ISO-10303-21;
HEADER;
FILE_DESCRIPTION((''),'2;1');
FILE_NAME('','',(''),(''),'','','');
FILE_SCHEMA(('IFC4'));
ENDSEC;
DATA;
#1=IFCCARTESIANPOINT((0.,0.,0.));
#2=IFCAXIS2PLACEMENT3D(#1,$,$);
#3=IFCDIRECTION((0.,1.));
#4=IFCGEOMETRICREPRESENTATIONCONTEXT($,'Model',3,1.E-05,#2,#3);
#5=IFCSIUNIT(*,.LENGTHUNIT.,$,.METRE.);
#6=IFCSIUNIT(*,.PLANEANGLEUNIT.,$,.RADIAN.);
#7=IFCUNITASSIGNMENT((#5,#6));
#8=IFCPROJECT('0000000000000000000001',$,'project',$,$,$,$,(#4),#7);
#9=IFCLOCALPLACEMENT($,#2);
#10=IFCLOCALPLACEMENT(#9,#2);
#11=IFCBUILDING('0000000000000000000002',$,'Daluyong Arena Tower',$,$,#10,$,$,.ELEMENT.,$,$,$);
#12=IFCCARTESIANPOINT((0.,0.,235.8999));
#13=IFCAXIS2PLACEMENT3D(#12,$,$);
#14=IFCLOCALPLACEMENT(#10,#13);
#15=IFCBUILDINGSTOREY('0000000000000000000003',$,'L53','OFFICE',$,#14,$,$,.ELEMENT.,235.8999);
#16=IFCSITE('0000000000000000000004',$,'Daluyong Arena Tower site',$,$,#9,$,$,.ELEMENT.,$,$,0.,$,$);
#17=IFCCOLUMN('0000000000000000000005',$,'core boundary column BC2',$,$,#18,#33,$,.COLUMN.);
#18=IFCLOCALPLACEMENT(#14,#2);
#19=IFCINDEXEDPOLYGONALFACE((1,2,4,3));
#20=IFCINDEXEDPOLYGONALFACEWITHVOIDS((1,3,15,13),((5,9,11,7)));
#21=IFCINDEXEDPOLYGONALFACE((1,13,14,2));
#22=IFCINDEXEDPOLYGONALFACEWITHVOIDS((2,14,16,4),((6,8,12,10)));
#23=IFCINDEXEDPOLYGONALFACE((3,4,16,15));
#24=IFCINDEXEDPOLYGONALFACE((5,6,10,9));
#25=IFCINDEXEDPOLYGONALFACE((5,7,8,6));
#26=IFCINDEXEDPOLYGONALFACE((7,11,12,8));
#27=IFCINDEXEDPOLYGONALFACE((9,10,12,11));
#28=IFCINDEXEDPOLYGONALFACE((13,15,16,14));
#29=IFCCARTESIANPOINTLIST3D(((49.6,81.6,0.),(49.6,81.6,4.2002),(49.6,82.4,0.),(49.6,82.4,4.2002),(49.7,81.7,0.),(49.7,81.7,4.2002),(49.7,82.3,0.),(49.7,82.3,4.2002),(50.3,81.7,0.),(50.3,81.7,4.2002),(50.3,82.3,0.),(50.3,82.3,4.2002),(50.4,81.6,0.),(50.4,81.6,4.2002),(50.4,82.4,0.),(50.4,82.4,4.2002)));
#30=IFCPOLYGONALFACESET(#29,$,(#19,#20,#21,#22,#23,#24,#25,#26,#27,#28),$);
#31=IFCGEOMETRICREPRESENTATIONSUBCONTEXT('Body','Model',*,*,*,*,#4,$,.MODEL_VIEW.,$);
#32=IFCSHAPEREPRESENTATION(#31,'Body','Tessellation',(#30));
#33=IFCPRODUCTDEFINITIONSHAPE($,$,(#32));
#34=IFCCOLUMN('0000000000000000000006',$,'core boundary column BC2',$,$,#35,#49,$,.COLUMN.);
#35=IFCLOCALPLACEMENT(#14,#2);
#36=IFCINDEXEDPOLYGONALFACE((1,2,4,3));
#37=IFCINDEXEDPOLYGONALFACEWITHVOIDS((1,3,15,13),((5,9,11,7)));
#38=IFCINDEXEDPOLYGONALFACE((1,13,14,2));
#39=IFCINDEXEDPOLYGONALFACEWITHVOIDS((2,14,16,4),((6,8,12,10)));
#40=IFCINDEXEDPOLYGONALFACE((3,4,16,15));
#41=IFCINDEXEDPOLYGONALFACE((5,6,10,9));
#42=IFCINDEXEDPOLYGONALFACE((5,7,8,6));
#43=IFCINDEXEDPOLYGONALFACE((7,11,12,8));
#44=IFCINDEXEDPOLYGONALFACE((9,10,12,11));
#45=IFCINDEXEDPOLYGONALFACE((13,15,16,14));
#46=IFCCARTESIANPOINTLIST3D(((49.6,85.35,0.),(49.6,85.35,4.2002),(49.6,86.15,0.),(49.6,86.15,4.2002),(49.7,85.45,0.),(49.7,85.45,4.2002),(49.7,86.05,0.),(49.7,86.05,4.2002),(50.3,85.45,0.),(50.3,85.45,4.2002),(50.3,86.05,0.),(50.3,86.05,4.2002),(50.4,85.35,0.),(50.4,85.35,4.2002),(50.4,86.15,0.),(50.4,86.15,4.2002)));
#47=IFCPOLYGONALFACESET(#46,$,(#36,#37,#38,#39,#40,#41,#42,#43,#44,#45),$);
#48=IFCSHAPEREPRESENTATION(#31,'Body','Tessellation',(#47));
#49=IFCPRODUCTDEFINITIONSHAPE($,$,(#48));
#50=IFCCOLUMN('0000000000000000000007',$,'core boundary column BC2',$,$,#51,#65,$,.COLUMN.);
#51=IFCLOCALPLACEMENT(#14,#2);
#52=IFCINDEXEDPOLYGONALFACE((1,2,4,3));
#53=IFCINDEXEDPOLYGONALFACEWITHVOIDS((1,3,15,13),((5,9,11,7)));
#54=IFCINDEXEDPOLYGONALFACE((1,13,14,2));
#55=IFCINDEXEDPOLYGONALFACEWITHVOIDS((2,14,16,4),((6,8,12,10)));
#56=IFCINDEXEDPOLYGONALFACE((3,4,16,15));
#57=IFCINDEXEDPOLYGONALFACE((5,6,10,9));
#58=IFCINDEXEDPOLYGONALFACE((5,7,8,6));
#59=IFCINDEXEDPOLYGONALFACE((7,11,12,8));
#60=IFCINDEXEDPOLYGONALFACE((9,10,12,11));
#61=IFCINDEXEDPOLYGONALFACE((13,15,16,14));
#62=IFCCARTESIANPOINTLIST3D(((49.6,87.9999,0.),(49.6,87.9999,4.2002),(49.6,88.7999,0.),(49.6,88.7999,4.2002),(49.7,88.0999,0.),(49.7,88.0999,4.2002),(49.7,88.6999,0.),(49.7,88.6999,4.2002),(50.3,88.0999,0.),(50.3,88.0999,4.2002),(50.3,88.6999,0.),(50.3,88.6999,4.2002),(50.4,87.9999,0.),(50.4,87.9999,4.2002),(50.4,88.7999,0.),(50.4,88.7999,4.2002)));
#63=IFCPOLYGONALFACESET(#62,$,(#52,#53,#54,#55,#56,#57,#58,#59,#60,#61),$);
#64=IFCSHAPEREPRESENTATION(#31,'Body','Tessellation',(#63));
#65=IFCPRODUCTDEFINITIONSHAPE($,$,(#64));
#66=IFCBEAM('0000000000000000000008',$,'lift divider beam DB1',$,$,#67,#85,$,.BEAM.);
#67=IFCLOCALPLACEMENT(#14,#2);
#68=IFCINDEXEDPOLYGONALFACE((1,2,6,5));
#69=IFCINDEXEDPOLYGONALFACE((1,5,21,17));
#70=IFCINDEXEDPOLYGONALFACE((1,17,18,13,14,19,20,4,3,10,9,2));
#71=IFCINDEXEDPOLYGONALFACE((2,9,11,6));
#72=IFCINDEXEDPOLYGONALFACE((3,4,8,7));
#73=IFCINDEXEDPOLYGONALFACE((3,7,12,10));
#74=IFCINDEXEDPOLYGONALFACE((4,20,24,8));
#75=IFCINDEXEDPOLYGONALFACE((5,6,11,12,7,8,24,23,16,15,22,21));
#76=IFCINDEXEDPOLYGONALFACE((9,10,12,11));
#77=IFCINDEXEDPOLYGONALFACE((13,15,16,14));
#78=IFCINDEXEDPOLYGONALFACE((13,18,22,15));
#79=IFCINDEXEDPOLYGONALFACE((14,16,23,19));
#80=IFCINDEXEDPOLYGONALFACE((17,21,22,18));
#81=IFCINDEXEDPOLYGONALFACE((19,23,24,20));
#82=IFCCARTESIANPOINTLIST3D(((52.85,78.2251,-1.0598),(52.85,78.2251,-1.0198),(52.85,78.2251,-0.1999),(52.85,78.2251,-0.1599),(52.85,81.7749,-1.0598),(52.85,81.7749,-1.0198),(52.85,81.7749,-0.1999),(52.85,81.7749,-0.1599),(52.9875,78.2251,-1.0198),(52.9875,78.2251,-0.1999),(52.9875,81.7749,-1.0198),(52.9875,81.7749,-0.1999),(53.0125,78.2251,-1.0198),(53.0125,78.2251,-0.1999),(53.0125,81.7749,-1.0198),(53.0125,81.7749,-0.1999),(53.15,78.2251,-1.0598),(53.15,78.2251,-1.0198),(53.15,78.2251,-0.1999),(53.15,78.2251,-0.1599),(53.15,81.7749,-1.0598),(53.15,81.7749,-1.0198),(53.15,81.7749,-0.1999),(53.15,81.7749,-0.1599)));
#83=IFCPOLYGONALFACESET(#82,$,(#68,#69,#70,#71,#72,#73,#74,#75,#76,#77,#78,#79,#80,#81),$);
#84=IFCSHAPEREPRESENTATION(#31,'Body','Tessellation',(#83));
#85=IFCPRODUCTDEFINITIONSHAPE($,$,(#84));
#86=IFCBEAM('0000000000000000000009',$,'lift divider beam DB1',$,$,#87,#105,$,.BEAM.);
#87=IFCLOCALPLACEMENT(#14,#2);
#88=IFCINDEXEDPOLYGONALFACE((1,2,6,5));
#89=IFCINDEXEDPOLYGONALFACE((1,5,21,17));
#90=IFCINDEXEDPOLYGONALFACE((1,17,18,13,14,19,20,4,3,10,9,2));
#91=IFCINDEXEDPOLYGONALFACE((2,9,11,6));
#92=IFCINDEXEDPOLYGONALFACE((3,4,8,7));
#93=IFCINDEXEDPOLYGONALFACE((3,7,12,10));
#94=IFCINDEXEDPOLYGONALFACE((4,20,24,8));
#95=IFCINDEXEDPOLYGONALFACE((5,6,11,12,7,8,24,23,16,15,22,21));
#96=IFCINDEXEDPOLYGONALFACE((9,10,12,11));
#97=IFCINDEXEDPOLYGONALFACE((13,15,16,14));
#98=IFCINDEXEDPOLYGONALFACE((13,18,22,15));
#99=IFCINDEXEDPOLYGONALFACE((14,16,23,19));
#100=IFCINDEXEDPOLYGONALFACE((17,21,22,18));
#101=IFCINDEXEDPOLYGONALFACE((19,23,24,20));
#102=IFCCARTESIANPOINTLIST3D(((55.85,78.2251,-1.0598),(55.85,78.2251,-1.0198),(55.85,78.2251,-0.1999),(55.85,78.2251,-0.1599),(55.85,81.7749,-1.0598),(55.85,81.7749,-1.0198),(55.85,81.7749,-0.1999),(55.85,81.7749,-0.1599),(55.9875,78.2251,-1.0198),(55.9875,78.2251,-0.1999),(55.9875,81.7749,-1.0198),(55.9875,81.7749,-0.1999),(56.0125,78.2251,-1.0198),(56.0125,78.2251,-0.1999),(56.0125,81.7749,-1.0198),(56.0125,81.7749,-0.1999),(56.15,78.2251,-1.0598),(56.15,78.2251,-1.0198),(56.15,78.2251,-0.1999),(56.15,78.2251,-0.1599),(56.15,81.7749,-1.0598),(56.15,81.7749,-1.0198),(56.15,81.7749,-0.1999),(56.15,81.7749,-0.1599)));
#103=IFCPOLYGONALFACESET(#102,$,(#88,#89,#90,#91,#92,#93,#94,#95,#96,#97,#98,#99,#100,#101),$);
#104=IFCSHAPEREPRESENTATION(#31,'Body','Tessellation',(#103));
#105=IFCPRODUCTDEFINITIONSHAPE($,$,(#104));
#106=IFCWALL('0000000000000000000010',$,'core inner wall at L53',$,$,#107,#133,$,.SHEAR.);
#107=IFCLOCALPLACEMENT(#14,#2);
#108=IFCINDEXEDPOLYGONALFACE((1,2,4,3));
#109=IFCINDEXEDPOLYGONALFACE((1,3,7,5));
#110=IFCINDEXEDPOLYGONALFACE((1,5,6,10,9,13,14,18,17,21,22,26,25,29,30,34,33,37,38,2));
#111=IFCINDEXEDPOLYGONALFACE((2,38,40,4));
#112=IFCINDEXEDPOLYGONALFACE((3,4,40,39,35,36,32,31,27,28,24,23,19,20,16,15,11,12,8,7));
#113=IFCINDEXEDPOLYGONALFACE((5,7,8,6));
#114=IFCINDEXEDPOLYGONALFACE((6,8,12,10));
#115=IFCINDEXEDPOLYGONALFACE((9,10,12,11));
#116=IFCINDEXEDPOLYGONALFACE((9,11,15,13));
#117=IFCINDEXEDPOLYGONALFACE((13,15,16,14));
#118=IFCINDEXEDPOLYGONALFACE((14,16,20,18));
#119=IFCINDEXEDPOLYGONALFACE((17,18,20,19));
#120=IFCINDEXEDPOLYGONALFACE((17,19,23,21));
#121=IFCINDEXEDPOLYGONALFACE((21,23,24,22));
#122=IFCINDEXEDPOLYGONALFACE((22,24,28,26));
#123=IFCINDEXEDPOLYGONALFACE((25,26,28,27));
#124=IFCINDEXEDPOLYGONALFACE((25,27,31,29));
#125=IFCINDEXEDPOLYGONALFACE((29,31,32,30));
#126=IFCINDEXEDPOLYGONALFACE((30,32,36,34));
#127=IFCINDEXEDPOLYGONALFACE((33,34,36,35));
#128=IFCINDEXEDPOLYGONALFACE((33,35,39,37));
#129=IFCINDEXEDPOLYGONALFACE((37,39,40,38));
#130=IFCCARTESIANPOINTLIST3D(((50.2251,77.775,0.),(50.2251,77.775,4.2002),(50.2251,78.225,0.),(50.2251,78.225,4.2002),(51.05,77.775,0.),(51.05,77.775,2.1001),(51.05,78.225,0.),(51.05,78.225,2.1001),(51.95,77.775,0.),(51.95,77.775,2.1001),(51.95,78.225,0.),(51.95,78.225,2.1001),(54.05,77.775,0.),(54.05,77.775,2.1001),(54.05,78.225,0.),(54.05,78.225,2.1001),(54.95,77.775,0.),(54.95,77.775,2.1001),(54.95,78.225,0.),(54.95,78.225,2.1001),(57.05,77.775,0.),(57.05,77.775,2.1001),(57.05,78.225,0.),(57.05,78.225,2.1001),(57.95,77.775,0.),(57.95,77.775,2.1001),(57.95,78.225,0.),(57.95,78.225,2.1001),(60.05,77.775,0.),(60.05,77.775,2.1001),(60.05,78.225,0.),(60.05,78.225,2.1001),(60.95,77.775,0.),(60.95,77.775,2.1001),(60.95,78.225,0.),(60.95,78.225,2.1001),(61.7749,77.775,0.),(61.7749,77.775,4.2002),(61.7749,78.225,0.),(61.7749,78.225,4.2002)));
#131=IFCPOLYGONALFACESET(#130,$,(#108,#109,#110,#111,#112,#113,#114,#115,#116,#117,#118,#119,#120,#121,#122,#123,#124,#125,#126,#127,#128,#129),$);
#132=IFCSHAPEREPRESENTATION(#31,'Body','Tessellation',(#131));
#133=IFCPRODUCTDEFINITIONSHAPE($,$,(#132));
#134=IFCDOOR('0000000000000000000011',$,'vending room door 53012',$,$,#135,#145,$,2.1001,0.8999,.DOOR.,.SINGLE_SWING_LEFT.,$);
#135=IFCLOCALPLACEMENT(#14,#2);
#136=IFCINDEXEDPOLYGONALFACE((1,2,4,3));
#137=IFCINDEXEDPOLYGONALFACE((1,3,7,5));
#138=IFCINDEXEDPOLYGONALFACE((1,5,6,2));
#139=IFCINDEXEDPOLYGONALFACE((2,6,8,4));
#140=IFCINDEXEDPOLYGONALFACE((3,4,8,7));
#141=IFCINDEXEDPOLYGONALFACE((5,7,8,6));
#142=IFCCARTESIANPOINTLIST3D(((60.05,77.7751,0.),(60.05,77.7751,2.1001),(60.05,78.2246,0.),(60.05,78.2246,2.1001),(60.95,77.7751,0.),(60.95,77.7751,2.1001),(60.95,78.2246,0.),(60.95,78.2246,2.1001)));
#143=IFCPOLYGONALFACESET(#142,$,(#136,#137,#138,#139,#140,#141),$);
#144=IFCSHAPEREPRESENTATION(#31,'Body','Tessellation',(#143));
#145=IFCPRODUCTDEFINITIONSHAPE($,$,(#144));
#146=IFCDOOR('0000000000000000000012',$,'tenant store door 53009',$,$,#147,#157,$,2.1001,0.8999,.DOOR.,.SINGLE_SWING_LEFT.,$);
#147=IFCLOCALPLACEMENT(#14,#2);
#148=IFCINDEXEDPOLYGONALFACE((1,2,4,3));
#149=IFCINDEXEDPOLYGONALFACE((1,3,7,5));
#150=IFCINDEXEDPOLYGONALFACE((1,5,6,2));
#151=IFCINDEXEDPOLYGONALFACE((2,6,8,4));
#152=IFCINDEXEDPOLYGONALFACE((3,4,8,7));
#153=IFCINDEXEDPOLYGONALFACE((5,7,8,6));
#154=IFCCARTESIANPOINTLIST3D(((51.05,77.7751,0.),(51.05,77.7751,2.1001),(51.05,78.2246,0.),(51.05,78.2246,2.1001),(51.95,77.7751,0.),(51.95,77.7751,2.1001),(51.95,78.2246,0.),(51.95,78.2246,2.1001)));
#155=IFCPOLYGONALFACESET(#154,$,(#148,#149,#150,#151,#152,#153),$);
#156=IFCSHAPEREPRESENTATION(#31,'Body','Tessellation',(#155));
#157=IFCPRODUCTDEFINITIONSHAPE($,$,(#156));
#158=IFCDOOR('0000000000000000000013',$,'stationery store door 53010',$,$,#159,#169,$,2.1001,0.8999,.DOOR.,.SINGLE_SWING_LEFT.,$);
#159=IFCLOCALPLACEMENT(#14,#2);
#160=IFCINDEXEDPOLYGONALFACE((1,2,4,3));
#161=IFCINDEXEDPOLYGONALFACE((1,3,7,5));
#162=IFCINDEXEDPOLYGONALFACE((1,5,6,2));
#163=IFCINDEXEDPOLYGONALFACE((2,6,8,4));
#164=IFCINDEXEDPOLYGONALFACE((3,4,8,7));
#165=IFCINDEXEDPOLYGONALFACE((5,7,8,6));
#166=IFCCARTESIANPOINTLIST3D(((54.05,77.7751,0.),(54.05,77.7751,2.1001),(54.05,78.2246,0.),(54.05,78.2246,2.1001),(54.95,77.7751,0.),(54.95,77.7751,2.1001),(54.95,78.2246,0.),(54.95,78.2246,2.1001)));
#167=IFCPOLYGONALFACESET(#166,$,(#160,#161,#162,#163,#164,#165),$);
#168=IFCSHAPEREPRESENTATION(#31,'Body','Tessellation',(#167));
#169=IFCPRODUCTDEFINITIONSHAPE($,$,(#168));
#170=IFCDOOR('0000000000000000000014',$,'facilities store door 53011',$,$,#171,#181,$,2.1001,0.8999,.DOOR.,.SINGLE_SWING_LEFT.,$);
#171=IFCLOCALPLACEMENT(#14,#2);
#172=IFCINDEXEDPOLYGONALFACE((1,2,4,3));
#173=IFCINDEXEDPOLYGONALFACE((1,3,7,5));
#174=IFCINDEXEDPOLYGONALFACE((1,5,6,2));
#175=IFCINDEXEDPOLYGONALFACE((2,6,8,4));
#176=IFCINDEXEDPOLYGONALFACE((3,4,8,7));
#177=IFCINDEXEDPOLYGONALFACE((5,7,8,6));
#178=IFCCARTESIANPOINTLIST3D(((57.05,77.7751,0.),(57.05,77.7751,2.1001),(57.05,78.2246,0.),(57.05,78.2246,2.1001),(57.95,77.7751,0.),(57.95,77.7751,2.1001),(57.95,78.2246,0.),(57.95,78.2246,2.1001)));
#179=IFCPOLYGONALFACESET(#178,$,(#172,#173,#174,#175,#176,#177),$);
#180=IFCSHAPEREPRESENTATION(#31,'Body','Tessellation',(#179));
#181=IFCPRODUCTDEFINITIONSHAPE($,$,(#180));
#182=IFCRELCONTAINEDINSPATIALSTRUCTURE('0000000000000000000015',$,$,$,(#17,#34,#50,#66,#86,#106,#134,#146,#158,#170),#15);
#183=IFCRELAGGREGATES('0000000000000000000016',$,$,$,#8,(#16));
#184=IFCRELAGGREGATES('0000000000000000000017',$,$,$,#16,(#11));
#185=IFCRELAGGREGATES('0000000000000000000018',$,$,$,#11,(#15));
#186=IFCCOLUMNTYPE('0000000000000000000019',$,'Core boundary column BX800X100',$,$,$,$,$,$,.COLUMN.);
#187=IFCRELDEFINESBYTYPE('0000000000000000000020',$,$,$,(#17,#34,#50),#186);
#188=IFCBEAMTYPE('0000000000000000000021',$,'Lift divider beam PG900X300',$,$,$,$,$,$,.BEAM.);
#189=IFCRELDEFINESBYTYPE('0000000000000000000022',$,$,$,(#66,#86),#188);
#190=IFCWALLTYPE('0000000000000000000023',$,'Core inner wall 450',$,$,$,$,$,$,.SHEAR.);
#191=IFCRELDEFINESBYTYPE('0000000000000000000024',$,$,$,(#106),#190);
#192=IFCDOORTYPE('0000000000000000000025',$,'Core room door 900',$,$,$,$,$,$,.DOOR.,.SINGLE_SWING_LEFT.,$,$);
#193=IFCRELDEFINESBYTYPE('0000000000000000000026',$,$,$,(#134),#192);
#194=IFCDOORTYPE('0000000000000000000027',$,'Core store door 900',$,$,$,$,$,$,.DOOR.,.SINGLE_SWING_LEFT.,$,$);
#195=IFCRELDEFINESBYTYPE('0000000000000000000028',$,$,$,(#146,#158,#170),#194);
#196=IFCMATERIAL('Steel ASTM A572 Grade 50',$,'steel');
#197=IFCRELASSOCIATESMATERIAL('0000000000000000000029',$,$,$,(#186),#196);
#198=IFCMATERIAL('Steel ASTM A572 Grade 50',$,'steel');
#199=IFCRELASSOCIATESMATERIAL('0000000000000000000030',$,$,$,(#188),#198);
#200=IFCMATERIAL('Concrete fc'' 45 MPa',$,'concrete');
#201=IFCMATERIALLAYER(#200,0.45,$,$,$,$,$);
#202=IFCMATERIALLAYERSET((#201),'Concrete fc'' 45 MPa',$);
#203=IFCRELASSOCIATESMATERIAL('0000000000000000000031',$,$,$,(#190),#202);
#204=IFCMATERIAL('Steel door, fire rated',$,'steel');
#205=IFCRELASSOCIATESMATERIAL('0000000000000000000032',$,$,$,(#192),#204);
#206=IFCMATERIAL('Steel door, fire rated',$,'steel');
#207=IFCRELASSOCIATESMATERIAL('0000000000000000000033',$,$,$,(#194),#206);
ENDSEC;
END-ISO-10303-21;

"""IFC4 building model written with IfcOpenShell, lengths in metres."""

from ifc_helpers import new_model, si_unit, direction, frame, frame_2d, origin, origin_2d, place, context, subcontext, project, spatial, rectangle, hollow_rectangle, i_section, extrude, material, layer, layer_set, material_profile, profile_set, type_object, element, fill, save


model = new_model("IFC4")

# Units and contexts
model_context = context("Model", 3, precision=1e-05, world=origin(), true_north=direction((0.0, 1.0)))
body_context = subcontext(model_context, "Body", "Model", "MODEL_VIEW")
ifc_project = project(units=[si_unit("LENGTHUNIT", "METRE"), si_unit("PLANEANGLEUNIT", "RADIAN")], contexts=[model_context])

# Site, building, storey
site_placement = place(None, origin())
site = spatial("IfcSite", under=ifc_project, at=site_placement, Name="Daluyong Arena Tower site", CompositionType="ELEMENT", RefElevation=0.0)
building_placement = place(site_placement, origin())
building = spatial("IfcBuilding", under=site, at=building_placement, Name="Daluyong Arena Tower", CompositionType="ELEMENT")
storey_placement = place(building_placement, frame((0.0, 0.0, 235.8999)))
storey = spatial("IfcBuildingStorey", under=building, at=storey_placement, Name="L53", Description="OFFICE", CompositionType="ELEMENT", Elevation=235.8999)

# Columns
ifc_material_1 = material(Name="Steel ASTM A572 Grade 50", Category="steel")
ifc_material_profile_1 = material_profile(ifc_material_1, hollow_rectangle(XDim=0.8, YDim=0.8, WallThickness=0.1, at=origin_2d()))
ifc_profile_set_1 = profile_set([ifc_material_profile_1], Name="Steel ASTM A572 Grade 50")
column_type = type_object("IfcColumnType", Name="Core boundary column BX800X100", PredefinedType="COLUMN", material=ifc_profile_set_1)
for number, where, z_axis, x_axis, name in (
    (1, (50.0, 82.0, 0.0), (0.0, 0.0, 1.0), (1.0, 0.0, 0.0), "core boundary column BC2"),
    (2, (50.0, 85.75, 0.0), (0.0, 0.0, 1.0), (1.0, 0.0, 0.0), "core boundary column BC2"),
    (3, (50.0, 88.3999, 0.0), (0.0, 0.0, 1.0), (1.0, 0.0, 0.0), "core boundary column BC2"),
):
    element("IfcColumn", number, at=place(storey_placement, frame(where, z_axis=z_axis, x_axis=x_axis)), inside=storey, type_object=column_type, Name=name, PredefinedType="COLUMN", context=body_context, shape_type="SweptSolid", body=[
        extrude(hollow_rectangle(XDim=0.8, YDim=0.8, WallThickness=0.1, at=origin_2d()), origin(), (0.0, 0.0, 1.0), 4.2002),
    ])

# Beams
ifc_material_2 = material(Name="Steel ASTM A572 Grade 50", Category="steel")
ifc_material_profile_2 = material_profile(ifc_material_2, i_section(OverallWidth=0.3, OverallDepth=0.8999, WebThickness=0.025, FlangeThickness=0.04, at=origin_2d()))
ifc_profile_set_2 = profile_set([ifc_material_profile_2], Name="Steel ASTM A572 Grade 50")
beam_type = type_object("IfcBeamType", Name="Lift divider beam PG900X300", PredefinedType="BEAM", material=ifc_profile_set_2)
for number, where, z_axis, x_axis, name in (
    (4, (53.0, 78.2251, -0.6099), (0.0, 1.0, 0.0), (-1.0, 0.0, 0.0), "lift divider beam DB1"),
    (5, (56.0, 78.2251, -0.6099), (0.0, 1.0, 0.0), (-1.0, 0.0, 0.0), "lift divider beam DB1"),
):
    element("IfcBeam", number, at=place(storey_placement, frame(where, z_axis=z_axis, x_axis=x_axis)), inside=storey, type_object=beam_type, Name=name, PredefinedType="BEAM", context=body_context, shape_type="SweptSolid", body=[
        extrude(i_section(OverallWidth=0.3, OverallDepth=0.8999, WebThickness=0.025, FlangeThickness=0.04, at=origin_2d()), origin(), (0.0, 0.0, 1.0), 3.5498),
    ])

# Wall, openings, doors
ifc_material_3 = material(Name="Concrete fc' 45 MPa", Category="concrete")
ifc_layer_1 = layer(ifc_material_3, 0.45)
ifc_layer_set_1 = layer_set([ifc_layer_1], Name="Concrete fc' 45 MPa")
wall_type_1 = type_object("IfcWallType", Name="Core inner wall 450", PredefinedType="SHEAR", material=ifc_layer_set_1)
wall_1_placement = place(storey_placement, frame((50.2251, 78.0, 0.0), z_axis=(0.0, 0.0, 1.0), x_axis=(1.0, 0.0, 0.0)))
wall_1 = element("IfcWall", 6, at=wall_1_placement, inside=storey, type_object=wall_type_1, Name="core inner wall at L53", PredefinedType="SHEAR", context=body_context, shape_type="SweptSolid", body=[
    extrude(rectangle(XDim=11.5498, YDim=0.45, at=frame_2d((5.7749, 0.0))), origin(), (0.0, 0.0, 1.0), 4.2002),
])
opening_1_placement = place(wall_1_placement, frame((0.825, 0.0, 0.0)))
opening_1 = element("IfcOpeningElement", 7, at=opening_1_placement, cuts=wall_1, PredefinedType="OPENING", context=body_context, shape_type="SweptSolid", body=[
    extrude(rectangle(XDim=0.8999, YDim=2.1001, at=frame_2d((0.45, 1.05))), frame((0.0, 0.2349, 0.0), z_axis=(0.0, -1.0, 0.0), x_axis=(1.0, 0.0, 0.0)), (0.0, 0.0, 1.0), 0.47),
])
opening_2_placement = place(wall_1_placement, frame((3.825, 0.0, 0.0)))
opening_2 = element("IfcOpeningElement", 8, at=opening_2_placement, cuts=wall_1, PredefinedType="OPENING", context=body_context, shape_type="SweptSolid", body=[
    extrude(rectangle(XDim=0.8999, YDim=2.1001, at=frame_2d((0.45, 1.05))), frame((0.0, 0.2349, 0.0), z_axis=(0.0, -1.0, 0.0), x_axis=(1.0, 0.0, 0.0)), (0.0, 0.0, 1.0), 0.47),
])
opening_3_placement = place(wall_1_placement, frame((6.825, 0.0, 0.0)))
opening_3 = element("IfcOpeningElement", 9, at=opening_3_placement, cuts=wall_1, PredefinedType="OPENING", context=body_context, shape_type="SweptSolid", body=[
    extrude(rectangle(XDim=0.8999, YDim=2.1001, at=frame_2d((0.45, 1.05))), frame((0.0, 0.2349, 0.0), z_axis=(0.0, -1.0, 0.0), x_axis=(1.0, 0.0, 0.0)), (0.0, 0.0, 1.0), 0.47),
])
opening_4_placement = place(wall_1_placement, frame((9.825, 0.0, 0.0)))
opening_4 = element("IfcOpeningElement", 10, at=opening_4_placement, cuts=wall_1, PredefinedType="OPENING", context=body_context, shape_type="SweptSolid", body=[
    extrude(rectangle(XDim=0.8999, YDim=2.1001, at=frame_2d((0.45, 1.05))), frame((0.0, 0.2349, 0.0), z_axis=(0.0, -1.0, 0.0), x_axis=(1.0, 0.0, 0.0)), (0.0, 0.0, 1.0), 0.47),
])
ifc_material_4 = material(Name="Steel door, fire rated", Category="steel")
door_type_1 = type_object("IfcDoorType", Name="Core room door 900", OperationType="SINGLE_SWING_LEFT", PredefinedType="DOOR", material=ifc_material_4)
door_1_placement = place(opening_4_placement, origin())
door_1 = element("IfcDoor", 11, at=door_1_placement, inside=storey, type_object=door_type_1, Name="vending room door 53012", OperationType="SINGLE_SWING_LEFT", OverallHeight=2.1001, OverallWidth=0.8999, PredefinedType="DOOR", context=body_context, shape_type="SweptSolid", body=[
    extrude(rectangle(XDim=0.8999, YDim=2.1001, at=frame_2d((0.45, 1.05))), frame((0.0, 0.2246, 0.0), z_axis=(0.0, -1.0, 0.0), x_axis=(1.0, 0.0, 0.0)), (0.0, 0.0, 1.0), 0.4495),
])
fill(opening_4, door_1)
ifc_material_5 = material(Name="Steel door, fire rated", Category="steel")
door_type_2 = type_object("IfcDoorType", Name="Core store door 900", OperationType="SINGLE_SWING_LEFT", PredefinedType="DOOR", material=ifc_material_5)
door_2_placement = place(opening_1_placement, origin())
door_2 = element("IfcDoor", 12, at=door_2_placement, inside=storey, type_object=door_type_2, Name="tenant store door 53009", OperationType="SINGLE_SWING_LEFT", OverallHeight=2.1001, OverallWidth=0.8999, PredefinedType="DOOR", context=body_context, shape_type="SweptSolid", body=[
    extrude(rectangle(XDim=0.8999, YDim=2.1001, at=frame_2d((0.45, 1.05))), frame((0.0, 0.2246, 0.0), z_axis=(0.0, -1.0, 0.0), x_axis=(1.0, 0.0, 0.0)), (0.0, 0.0, 1.0), 0.4495),
])
fill(opening_1, door_2)
door_3_placement = place(opening_2_placement, origin())
door_3 = element("IfcDoor", 13, at=door_3_placement, inside=storey, type_object=door_type_2, Name="stationery store door 53010", OperationType="SINGLE_SWING_LEFT", OverallHeight=2.1001, OverallWidth=0.8999, PredefinedType="DOOR", context=body_context, shape_type="SweptSolid", body=[
    extrude(rectangle(XDim=0.8999, YDim=2.1001, at=frame_2d((0.45, 1.05))), frame((0.0, 0.2246, 0.0), z_axis=(0.0, -1.0, 0.0), x_axis=(1.0, 0.0, 0.0)), (0.0, 0.0, 1.0), 0.4495),
])
fill(opening_2, door_3)
door_4_placement = place(opening_3_placement, origin())
door_4 = element("IfcDoor", 14, at=door_4_placement, inside=storey, type_object=door_type_2, Name="facilities store door 53011", OperationType="SINGLE_SWING_LEFT", OverallHeight=2.1001, OverallWidth=0.8999, PredefinedType="DOOR", context=body_context, shape_type="SweptSolid", body=[
    extrude(rectangle(XDim=0.8999, YDim=2.1001, at=frame_2d((0.45, 1.05))), frame((0.0, 0.2246, 0.0), z_axis=(0.0, -1.0, 0.0), x_axis=(1.0, 0.0, 0.0)), (0.0, 0.0, 1.0), 0.4495),
])
fill(opening_3, door_4)

save(model, "model.ifc")
